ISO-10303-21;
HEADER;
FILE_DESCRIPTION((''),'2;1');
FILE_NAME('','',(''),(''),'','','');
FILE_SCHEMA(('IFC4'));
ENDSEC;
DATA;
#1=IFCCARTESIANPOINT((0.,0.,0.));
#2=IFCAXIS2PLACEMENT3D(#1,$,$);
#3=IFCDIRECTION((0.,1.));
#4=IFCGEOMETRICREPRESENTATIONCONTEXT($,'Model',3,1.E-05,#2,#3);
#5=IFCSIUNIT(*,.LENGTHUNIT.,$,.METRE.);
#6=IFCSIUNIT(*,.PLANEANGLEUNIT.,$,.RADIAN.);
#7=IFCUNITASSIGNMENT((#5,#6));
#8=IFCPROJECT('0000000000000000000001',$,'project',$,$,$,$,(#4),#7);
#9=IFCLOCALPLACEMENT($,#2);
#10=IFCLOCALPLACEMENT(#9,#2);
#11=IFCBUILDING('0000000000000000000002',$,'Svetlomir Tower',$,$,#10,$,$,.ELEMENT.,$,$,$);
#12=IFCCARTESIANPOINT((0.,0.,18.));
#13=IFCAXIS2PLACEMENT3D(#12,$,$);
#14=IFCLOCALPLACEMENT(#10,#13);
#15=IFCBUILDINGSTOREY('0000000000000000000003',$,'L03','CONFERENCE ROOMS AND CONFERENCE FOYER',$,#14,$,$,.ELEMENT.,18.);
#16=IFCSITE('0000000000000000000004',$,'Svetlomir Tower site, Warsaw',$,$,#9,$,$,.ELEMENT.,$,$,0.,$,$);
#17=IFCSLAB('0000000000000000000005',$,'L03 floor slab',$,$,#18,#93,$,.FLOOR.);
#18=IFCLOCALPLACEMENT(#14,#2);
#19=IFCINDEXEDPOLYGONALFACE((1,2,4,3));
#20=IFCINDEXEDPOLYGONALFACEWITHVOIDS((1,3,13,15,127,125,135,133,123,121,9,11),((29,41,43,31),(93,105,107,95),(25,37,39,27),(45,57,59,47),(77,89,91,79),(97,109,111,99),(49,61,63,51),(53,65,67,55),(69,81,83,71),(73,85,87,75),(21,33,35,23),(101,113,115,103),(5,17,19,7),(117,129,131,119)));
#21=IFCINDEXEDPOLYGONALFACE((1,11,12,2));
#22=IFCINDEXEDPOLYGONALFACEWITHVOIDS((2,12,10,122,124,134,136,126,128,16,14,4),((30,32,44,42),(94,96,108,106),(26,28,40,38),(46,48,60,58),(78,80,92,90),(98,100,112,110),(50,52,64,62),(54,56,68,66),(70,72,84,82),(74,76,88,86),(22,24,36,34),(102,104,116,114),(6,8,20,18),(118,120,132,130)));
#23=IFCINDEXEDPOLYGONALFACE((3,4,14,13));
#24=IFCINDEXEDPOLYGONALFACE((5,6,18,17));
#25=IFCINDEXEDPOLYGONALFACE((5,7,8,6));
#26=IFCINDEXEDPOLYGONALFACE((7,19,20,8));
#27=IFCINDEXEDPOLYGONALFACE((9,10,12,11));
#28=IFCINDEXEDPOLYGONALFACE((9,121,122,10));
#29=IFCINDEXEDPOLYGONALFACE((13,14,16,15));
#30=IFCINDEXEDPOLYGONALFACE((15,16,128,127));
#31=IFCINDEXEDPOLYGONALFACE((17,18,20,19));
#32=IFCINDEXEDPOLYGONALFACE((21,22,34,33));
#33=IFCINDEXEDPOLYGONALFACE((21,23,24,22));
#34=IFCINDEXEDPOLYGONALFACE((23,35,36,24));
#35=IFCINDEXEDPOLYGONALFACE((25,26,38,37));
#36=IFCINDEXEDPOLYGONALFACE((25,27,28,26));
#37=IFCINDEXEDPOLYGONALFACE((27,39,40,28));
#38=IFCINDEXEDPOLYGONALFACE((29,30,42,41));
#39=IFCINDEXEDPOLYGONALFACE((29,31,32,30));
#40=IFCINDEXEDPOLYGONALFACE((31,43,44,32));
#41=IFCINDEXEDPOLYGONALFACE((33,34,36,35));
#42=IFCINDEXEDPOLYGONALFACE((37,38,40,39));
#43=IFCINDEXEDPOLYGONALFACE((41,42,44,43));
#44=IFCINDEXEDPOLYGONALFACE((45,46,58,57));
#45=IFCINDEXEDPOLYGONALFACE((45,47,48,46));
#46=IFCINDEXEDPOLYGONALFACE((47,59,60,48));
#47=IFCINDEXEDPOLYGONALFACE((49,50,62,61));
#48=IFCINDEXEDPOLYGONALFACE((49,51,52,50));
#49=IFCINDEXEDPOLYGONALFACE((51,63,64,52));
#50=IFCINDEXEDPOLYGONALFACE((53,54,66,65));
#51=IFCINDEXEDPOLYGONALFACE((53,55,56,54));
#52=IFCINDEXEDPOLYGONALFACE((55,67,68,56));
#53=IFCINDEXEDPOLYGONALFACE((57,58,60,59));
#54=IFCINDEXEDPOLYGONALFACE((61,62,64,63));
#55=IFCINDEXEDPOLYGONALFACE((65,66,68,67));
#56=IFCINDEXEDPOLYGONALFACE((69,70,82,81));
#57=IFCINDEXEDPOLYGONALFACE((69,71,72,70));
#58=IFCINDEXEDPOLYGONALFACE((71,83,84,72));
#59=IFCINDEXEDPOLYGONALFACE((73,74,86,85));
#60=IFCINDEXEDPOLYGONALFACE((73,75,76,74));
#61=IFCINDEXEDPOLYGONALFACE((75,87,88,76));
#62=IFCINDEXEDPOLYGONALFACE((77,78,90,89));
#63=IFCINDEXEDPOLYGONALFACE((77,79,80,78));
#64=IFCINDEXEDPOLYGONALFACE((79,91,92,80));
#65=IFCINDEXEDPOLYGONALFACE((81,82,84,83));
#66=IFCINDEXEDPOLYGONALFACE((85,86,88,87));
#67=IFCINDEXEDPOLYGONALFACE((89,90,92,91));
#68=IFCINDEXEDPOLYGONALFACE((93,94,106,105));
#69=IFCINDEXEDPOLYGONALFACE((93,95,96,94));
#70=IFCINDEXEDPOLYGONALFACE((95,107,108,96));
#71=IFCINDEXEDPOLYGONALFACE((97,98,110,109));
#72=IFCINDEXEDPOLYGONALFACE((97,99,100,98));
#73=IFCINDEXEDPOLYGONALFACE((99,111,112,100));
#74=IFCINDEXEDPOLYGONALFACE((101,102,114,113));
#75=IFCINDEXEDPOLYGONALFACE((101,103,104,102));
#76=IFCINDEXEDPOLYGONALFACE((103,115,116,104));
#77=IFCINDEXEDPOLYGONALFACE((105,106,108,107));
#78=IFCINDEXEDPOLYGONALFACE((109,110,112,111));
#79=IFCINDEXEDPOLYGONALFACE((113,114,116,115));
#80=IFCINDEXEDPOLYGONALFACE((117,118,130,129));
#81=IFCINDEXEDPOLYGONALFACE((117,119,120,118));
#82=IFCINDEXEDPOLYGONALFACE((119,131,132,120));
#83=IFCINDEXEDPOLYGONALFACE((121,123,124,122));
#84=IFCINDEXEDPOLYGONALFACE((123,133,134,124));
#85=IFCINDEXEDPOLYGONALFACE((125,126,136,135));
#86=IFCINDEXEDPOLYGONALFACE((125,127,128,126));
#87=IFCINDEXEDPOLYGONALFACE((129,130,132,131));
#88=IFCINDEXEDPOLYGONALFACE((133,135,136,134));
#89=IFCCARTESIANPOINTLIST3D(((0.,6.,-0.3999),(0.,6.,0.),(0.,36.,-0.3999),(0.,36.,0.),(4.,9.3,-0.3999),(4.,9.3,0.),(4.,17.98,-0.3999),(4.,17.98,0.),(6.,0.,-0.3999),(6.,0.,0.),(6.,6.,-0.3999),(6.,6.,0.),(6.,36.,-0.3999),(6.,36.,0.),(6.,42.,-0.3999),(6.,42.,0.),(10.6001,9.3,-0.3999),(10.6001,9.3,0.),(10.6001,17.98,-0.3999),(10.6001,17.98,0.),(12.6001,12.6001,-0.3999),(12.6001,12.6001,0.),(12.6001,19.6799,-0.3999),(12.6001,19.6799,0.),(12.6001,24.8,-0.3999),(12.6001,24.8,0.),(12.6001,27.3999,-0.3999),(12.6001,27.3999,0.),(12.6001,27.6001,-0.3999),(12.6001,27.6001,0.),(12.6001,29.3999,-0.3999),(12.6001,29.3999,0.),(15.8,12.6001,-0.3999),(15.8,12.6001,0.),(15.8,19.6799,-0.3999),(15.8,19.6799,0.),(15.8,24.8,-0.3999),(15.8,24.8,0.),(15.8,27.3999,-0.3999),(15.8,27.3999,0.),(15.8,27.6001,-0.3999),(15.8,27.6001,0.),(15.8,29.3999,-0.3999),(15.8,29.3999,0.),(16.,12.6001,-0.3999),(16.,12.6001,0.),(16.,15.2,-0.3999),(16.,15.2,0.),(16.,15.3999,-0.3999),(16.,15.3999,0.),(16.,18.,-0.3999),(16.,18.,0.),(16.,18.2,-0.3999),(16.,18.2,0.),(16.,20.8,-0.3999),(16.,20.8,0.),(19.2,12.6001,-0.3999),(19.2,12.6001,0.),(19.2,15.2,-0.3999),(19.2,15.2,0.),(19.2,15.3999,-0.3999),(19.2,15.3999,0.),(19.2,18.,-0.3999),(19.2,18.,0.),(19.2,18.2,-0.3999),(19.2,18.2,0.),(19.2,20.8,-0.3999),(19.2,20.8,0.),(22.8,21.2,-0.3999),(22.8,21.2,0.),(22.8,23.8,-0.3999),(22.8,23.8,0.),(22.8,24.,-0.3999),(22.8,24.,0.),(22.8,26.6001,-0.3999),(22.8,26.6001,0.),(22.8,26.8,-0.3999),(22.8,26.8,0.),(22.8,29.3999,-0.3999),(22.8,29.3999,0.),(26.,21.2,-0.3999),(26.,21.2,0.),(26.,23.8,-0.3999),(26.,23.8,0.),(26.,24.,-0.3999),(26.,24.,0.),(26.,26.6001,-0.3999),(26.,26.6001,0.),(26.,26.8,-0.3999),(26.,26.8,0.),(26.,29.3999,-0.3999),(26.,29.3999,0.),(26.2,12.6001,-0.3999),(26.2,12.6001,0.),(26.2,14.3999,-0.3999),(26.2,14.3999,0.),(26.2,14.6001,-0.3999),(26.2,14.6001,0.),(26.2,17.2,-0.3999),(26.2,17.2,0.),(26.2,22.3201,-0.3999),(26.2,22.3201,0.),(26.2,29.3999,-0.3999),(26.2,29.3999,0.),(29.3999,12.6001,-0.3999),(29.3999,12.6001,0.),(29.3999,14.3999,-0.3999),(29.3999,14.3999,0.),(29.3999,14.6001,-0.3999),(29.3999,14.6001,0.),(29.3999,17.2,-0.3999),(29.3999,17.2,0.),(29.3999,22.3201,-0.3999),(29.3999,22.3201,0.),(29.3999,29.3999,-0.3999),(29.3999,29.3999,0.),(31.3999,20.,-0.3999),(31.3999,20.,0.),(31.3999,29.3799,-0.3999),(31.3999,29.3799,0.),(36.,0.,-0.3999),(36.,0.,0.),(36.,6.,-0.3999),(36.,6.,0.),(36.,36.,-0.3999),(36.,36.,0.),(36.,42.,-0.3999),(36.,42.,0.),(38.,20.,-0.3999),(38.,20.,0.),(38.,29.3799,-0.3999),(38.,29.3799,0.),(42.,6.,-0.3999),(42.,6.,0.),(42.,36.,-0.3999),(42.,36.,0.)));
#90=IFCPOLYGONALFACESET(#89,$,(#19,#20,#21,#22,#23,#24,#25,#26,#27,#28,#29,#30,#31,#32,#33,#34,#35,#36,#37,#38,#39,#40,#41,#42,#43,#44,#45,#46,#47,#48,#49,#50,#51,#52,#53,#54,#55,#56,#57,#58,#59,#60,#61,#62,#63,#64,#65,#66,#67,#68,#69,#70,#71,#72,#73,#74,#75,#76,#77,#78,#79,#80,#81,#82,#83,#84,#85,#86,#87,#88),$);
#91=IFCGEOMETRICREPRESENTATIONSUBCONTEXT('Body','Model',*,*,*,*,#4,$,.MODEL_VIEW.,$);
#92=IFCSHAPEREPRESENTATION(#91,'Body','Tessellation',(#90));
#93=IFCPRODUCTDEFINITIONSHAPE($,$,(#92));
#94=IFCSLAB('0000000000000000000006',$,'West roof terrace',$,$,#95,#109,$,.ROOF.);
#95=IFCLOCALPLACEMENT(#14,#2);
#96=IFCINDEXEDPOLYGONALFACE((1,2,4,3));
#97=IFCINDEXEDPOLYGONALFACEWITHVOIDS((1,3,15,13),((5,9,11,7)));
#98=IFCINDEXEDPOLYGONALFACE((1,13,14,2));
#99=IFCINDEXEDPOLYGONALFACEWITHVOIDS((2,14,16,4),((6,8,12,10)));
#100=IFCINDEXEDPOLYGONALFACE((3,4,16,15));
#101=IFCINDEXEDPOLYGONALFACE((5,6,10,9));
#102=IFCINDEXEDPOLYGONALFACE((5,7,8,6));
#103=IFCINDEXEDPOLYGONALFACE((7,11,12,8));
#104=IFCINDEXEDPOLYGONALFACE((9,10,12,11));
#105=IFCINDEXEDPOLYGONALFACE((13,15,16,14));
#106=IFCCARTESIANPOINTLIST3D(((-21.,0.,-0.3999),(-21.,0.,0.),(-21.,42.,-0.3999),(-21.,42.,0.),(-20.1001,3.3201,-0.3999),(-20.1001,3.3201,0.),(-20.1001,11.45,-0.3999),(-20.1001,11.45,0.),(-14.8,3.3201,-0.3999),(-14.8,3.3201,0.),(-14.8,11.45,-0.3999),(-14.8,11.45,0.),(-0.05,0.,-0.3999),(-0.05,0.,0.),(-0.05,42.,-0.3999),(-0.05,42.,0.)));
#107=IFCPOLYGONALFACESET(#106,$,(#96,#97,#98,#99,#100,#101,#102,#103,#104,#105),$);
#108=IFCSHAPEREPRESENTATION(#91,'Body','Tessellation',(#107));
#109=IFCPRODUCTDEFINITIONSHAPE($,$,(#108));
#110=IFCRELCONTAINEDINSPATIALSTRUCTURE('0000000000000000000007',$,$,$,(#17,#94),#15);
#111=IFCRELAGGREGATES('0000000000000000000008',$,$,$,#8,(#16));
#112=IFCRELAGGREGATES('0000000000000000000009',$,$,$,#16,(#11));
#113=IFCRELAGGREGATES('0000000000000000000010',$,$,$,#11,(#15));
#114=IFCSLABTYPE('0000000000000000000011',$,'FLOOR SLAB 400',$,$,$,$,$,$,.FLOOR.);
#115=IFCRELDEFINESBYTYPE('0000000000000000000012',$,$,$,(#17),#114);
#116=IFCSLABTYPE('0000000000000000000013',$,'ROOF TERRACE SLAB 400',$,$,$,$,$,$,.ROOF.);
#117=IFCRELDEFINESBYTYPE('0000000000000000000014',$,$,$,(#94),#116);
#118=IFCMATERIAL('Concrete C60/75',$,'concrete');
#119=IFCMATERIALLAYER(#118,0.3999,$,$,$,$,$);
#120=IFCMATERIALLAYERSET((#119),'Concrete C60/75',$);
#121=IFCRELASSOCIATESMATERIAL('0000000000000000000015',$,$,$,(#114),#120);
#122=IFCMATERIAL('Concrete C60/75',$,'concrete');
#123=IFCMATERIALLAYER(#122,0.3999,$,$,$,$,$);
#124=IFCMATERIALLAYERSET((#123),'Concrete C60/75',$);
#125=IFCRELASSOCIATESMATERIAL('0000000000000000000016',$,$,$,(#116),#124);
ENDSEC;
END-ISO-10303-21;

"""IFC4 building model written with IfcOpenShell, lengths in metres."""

from ifc_helpers import new_model, si_unit, direction, frame, origin, place, context, subcontext, project, spatial, polyline, outline, extrude, material, layer, layer_set, type_object, element, save


model = new_model("IFC4")

# Units and contexts
model_context = context("Model", 3, precision=1e-05, world=origin(), true_north=direction((0.0, 1.0)))
body_context = subcontext(model_context, "Body", "Model", "MODEL_VIEW")
ifc_project = project(units=[si_unit("LENGTHUNIT", "METRE"), si_unit("PLANEANGLEUNIT", "RADIAN")], contexts=[model_context])

# Site, building, storey
site_placement = place(None, origin())
site = spatial("IfcSite", under=ifc_project, at=site_placement, Name="Svetlomir Tower site, Warsaw", CompositionType="ELEMENT", RefElevation=0.0)
building_placement = place(site_placement, origin())
building = spatial("IfcBuilding", under=site, at=building_placement, Name="Svetlomir Tower", CompositionType="ELEMENT")
storey_placement = place(building_placement, frame((0.0, 0.0, 18.0)))
storey = spatial("IfcBuildingStorey", under=building, at=storey_placement, Name="L03", Description="CONFERENCE ROOMS AND CONFERENCE FOYER", CompositionType="ELEMENT", Elevation=18.0)

# Slabs
ifc_material_1 = material(Name="Concrete C60/75", Category="concrete")
ifc_layer_1 = layer(ifc_material_1, 0.3999)
ifc_layer_set_1 = layer_set([ifc_layer_1], Name="Concrete C60/75")
slab_type_1 = type_object("IfcSlabType", Name="FLOOR SLAB 400", PredefinedType="FLOOR", material=ifc_layer_set_1)
slab_1_placement = place(storey_placement, frame((0.0, 0.0, -0.3999)))
element("IfcSlab", 1, at=slab_1_placement, inside=storey, type_object=slab_type_1, Name="L03 floor slab", PredefinedType="FLOOR", context=body_context, shape_type="SweptSolid", body=[
    extrude(outline(polyline([(6.0, 0.0), (36.0, 0.0), (36.0, 6.0), (42.0, 6.0), (42.0, 36.0), (36.0, 36.0), (36.0, 42.0), (6.0, 42.0), (6.0, 36.0), (0.0, 36.0), (0.0, 6.0), (6.0, 6.0), (6.0, 0.0)]), holes=[polyline([(12.6001, 24.8), (15.8, 24.8), (15.8, 27.3999), (12.6001, 27.3999), (12.6001, 24.8)]), polyline([(26.2, 14.6001), (29.3999, 14.6001), (29.3999, 17.2), (26.2, 17.2), (26.2, 14.6001)]), polyline([(16.0, 12.6001), (19.2, 12.6001), (19.2, 15.2), (16.0, 15.2), (16.0, 12.6001)]), polyline([(16.0, 15.3999), (19.2, 15.3999), (19.2, 18.0), (16.0, 18.0), (16.0, 15.3999)]), polyline([(16.0, 18.2), (19.2, 18.2), (19.2, 20.8), (16.0, 20.8), (16.0, 18.2)]), polyline([(22.8, 21.2), (26.0, 21.2), (26.0, 23.8), (22.8, 23.8), (22.8, 21.2)]), polyline([(22.8, 24.0), (26.0, 24.0), (26.0, 26.6001), (22.8, 26.6001), (22.8, 24.0)]), polyline([(22.8, 26.8), (26.0, 26.8), (26.0, 29.3999), (22.8, 29.3999), (22.8, 26.8)]), polyline([(12.6001, 27.6001), (15.8, 27.6001), (15.8, 29.3999), (12.6001, 29.3999), (12.6001, 27.6001)]), polyline([(26.2, 12.6001), (29.3999, 12.6001), (29.3999, 14.3999), (26.2, 14.3999), (26.2, 12.6001)]), polyline([(12.6001, 12.6001), (15.8, 12.6001), (15.8, 19.6799), (12.6001, 19.6799), (12.6001, 12.6001)]), polyline([(26.2, 22.3201), (29.3999, 22.3201), (29.3999, 29.3999), (26.2, 29.3999), (26.2, 22.3201)]), polyline([(4.0, 9.3), (10.6001, 9.3), (10.6001, 17.98), (4.0, 17.98), (4.0, 9.3)]), polyline([(31.3999, 20.0), (38.0, 20.0), (38.0, 29.3799), (31.3999, 29.3799), (31.3999, 20.0)])]), origin(), (0.0, 0.0, 1.0), 0.3999),
])
ifc_material_2 = material(Name="Concrete C60/75", Category="concrete")
ifc_layer_2 = layer(ifc_material_2, 0.3999)
ifc_layer_set_2 = layer_set([ifc_layer_2], Name="Concrete C60/75")
slab_type_2 = type_object("IfcSlabType", Name="ROOF TERRACE SLAB 400", PredefinedType="ROOF", material=ifc_layer_set_2)
slab_2_placement = place(storey_placement, frame((0.0, 0.0, -0.3999)))
element("IfcSlab", 2, at=slab_2_placement, inside=storey, type_object=slab_type_2, Name="West roof terrace", PredefinedType="ROOF", context=body_context, shape_type="SweptSolid", body=[
    extrude(outline(polyline([(-21.0, 0.0), (-0.05, 0.0), (-0.05, 42.0), (-21.0, 42.0), (-21.0, 0.0)]), holes=[polyline([(-20.1001, 3.3201), (-14.8, 3.3201), (-14.8, 11.45), (-20.1001, 11.45), (-20.1001, 3.3201)])]), origin(), (0.0, 0.0, 1.0), 0.3999),
])

save(model, "model.ifc")
